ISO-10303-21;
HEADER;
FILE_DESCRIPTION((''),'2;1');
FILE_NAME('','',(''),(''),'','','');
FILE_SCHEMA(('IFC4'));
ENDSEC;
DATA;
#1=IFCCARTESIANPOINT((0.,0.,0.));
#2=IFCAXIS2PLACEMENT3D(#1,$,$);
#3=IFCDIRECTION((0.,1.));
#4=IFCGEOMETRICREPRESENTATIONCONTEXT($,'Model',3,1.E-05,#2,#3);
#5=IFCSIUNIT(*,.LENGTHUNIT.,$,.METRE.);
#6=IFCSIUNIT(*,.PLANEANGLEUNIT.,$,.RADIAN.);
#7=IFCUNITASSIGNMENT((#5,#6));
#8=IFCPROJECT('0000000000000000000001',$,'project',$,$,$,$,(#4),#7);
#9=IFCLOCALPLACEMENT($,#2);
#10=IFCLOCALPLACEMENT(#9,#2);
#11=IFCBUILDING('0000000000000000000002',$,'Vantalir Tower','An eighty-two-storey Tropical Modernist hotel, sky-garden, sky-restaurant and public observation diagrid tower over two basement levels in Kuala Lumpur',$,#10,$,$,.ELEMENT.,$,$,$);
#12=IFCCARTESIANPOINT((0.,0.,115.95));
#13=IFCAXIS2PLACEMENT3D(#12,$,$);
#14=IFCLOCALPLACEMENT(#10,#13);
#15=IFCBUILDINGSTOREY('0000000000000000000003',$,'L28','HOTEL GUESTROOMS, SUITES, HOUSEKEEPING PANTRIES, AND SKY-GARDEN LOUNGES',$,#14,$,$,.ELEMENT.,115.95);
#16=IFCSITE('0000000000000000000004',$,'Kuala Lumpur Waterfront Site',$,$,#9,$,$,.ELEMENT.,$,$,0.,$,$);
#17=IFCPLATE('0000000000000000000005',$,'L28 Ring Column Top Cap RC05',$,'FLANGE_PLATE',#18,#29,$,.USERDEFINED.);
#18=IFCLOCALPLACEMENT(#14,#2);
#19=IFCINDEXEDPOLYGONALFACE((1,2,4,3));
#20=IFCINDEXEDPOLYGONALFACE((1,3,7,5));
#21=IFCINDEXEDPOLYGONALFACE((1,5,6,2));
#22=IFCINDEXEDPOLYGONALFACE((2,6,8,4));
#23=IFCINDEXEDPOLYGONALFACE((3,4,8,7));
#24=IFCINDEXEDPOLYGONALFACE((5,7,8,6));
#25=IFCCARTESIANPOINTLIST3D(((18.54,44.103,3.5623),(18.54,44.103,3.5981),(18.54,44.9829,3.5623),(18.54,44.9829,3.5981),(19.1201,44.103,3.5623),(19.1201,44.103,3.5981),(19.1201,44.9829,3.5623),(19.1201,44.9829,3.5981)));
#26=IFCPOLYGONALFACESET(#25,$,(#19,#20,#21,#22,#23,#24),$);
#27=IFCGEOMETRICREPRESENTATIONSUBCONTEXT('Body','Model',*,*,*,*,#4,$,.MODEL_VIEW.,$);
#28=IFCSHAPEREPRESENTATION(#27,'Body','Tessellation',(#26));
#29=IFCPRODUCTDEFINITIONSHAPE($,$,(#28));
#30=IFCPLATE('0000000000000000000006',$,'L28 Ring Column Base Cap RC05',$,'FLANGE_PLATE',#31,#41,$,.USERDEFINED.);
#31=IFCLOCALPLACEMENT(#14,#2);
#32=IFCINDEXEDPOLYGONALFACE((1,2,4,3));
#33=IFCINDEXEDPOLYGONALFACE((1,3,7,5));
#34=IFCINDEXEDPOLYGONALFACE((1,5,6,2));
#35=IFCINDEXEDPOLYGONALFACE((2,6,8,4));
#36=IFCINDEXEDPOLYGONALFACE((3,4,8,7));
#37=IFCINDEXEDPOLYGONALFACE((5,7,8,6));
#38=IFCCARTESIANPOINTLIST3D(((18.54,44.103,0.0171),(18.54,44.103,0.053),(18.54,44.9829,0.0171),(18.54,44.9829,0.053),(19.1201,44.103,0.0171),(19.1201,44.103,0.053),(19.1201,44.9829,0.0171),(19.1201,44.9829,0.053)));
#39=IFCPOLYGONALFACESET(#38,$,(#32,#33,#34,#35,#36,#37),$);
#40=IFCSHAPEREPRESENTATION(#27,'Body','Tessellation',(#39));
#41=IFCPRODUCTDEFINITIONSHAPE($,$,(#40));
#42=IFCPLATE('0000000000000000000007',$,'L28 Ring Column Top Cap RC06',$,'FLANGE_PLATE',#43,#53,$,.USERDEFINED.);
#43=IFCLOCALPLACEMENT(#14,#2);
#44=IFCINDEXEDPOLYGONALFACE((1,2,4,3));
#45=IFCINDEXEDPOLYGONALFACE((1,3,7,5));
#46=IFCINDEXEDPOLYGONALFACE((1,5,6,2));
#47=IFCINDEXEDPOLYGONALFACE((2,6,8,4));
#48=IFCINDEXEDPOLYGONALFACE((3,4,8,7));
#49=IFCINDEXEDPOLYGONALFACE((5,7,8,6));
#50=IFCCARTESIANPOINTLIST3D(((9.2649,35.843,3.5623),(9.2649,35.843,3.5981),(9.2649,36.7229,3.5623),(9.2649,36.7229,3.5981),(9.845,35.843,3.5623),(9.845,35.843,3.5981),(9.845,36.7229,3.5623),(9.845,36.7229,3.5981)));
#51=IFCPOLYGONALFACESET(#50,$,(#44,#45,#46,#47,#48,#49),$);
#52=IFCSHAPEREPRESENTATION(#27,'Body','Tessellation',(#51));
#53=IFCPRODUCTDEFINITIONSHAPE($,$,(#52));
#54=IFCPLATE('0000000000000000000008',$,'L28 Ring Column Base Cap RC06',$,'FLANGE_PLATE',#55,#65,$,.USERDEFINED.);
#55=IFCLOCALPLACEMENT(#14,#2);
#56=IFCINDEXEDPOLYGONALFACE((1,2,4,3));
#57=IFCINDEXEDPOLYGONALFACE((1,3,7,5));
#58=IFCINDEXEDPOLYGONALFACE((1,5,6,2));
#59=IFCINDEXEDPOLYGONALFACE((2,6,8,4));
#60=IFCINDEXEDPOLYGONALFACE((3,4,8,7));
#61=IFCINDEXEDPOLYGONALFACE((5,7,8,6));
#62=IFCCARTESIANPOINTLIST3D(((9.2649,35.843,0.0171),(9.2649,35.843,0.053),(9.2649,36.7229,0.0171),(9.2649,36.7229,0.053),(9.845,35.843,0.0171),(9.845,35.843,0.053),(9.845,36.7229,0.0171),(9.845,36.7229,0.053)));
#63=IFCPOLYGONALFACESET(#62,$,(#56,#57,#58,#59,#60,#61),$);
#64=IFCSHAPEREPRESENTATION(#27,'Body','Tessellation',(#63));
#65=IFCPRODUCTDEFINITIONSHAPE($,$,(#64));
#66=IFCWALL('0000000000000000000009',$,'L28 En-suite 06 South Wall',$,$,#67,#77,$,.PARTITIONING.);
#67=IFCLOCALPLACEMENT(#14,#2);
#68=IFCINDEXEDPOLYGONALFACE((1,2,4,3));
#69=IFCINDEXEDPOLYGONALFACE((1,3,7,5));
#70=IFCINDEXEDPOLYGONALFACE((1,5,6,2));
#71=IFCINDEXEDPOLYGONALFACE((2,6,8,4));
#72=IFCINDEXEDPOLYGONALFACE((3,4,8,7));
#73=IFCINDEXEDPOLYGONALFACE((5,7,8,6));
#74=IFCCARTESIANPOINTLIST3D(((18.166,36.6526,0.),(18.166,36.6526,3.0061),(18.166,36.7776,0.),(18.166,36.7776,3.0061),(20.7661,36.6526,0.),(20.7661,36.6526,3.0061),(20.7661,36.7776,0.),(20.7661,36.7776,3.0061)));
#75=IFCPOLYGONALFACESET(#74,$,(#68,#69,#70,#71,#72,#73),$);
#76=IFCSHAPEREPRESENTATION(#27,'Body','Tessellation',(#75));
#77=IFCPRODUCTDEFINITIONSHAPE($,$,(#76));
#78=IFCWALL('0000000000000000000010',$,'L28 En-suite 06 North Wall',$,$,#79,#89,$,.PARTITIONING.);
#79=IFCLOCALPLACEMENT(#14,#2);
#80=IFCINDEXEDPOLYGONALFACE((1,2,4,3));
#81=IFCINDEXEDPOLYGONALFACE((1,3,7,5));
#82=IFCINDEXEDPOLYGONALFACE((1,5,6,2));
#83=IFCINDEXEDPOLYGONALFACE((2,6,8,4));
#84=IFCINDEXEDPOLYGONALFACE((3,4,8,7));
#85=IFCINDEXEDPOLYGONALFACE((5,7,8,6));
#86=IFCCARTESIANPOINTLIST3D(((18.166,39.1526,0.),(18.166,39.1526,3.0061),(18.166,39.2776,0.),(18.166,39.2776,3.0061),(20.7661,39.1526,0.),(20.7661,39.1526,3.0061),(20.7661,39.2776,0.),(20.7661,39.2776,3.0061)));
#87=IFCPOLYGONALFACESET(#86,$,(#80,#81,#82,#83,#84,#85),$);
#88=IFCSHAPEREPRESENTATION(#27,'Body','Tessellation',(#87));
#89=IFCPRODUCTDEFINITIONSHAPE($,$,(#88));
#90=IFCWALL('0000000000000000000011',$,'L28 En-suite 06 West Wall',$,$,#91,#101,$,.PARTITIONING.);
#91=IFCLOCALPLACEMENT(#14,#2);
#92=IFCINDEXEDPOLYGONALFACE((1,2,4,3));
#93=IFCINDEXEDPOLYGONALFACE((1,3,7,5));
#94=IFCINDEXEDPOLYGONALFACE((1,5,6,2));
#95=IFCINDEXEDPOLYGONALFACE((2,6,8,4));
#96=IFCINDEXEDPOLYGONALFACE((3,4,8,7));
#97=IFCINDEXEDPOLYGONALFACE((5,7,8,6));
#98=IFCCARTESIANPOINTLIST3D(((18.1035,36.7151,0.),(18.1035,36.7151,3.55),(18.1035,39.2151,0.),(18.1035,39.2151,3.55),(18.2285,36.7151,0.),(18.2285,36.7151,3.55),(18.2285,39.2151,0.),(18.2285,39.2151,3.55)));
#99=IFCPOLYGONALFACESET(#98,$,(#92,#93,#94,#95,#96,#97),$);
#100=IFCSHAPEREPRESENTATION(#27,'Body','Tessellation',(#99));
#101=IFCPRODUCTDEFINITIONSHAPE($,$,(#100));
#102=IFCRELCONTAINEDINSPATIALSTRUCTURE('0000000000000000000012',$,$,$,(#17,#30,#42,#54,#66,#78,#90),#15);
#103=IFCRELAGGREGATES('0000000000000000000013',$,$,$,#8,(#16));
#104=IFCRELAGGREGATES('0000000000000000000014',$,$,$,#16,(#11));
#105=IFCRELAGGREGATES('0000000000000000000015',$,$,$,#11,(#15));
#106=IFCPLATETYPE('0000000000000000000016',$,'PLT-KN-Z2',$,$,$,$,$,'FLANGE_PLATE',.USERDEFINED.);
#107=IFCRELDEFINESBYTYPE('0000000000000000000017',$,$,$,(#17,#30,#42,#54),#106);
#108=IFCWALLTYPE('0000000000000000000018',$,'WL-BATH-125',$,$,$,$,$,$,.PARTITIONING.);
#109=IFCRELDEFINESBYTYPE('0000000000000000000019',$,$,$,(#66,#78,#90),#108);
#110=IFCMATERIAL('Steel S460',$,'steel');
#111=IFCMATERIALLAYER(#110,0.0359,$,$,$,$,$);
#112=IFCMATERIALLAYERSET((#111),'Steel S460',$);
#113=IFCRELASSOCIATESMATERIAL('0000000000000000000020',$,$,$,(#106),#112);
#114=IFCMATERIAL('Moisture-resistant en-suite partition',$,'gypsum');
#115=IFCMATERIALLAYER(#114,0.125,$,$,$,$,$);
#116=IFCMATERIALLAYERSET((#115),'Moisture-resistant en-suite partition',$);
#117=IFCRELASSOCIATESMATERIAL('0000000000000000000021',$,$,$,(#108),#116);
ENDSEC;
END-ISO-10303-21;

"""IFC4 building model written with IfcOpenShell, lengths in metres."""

from ifc_helpers import new_model, si_unit, direction, frame, frame_2d, origin, place, context, subcontext, project, spatial, polyline, rectangle, outline, extrude, material, layer, layer_set, type_object, element, save


model = new_model("IFC4")

# Units and contexts
model_context = context("Model", 3, precision=1e-05, world=origin(), true_north=direction((0.0, 1.0)))
body_context = subcontext(model_context, "Body", "Model", "MODEL_VIEW")
ifc_project = project(units=[si_unit("LENGTHUNIT", "METRE"), si_unit("PLANEANGLEUNIT", "RADIAN")], contexts=[model_context])

# Site, building, storey
site_placement = place(None, origin())
site = spatial("IfcSite", under=ifc_project, at=site_placement, Name="Kuala Lumpur Waterfront Site", CompositionType="ELEMENT", RefElevation=0.0)
building_placement = place(site_placement, origin())
building = spatial("IfcBuilding", under=site, at=building_placement, Name="Vantalir Tower", Description="An eighty-two-storey Tropical Modernist hotel, sky-garden, sky-restaurant and public observation diagrid tower over two basement levels in Kuala Lumpur", CompositionType="ELEMENT")
storey_placement = place(building_placement, frame((0.0, 0.0, 115.95)))
storey = spatial("IfcBuildingStorey", under=building, at=storey_placement, Name="L28", Description="HOTEL GUESTROOMS, SUITES, HOUSEKEEPING PANTRIES, AND SKY-GARDEN LOUNGES", CompositionType="ELEMENT", Elevation=115.95)

# Shared definitions
ifc_material_1 = material(Name="Steel S460", Category="steel")

# Plates
ifc_layer_1 = layer(ifc_material_1, 0.0359)
ifc_layer_set_1 = layer_set([ifc_layer_1], Name="Steel S460")
plate_type_1 = type_object("IfcPlateType", Name="PLT-KN-Z2", ElementType="FLANGE_PLATE", PredefinedType="USERDEFINED", material=ifc_layer_set_1)
for number, where, z_axis, x_axis, name in (
    (1, (18.54, 44.9829, 3.5981), (0.0, 0.0, 1.0), (0.0, -1.0, 0.0), "L28 Ring Column Top Cap RC05"),
    (2, (18.54, 44.9829, 0.053), (0.0, 0.0, 1.0), (0.0, -1.0, 0.0), "L28 Ring Column Base Cap RC05"),
    (3, (9.2649, 36.7229, 3.5981), (0.0, 0.0, 1.0), (0.0, -1.0, 0.0), "L28 Ring Column Top Cap RC06"),
    (4, (9.2649, 36.7229, 0.053), (0.0, 0.0, 1.0), (0.0, -1.0, 0.0), "L28 Ring Column Base Cap RC06"),
):
    element("IfcPlate", number, at=place(storey_placement, frame(where, z_axis=z_axis, x_axis=x_axis)), inside=storey, type_object=plate_type_1, Name=name, ObjectType="FLANGE_PLATE", PredefinedType="USERDEFINED", context=body_context, shape_type="SweptSolid", body=[
        extrude(outline(polyline([(0.0, 0.0), (0.8799, 0.0), (0.8799, 0.5801), (0.0, 0.5801), (0.0, 0.0)])), origin(), (0.0, 0.0, -1.0), 0.0359),
    ])

# Walls
ifc_material_2 = material(Name="Moisture-resistant en-suite partition", Category="gypsum")
ifc_layer_2 = layer(ifc_material_2, 0.125)
ifc_layer_set_2 = layer_set([ifc_layer_2], Name="Moisture-resistant en-suite partition")
wall_type = type_object("IfcWallType", Name="WL-BATH-125", PredefinedType="PARTITIONING", material=ifc_layer_set_2)
for number, where, z_axis, x_axis, name in (
    (5, (18.166, 36.7151, 0.0), (0.0, 0.0, 1.0), (1.0, 0.0, 0.0), "L28 En-suite 06 South Wall"),
    (6, (18.166, 39.2151, 0.0), (0.0, 0.0, 1.0), (1.0, 0.0, 0.0), "L28 En-suite 06 North Wall"),
):
    element("IfcWall", number, at=place(storey_placement, frame(where, z_axis=z_axis, x_axis=x_axis)), inside=storey, type_object=wall_type, Name=name, PredefinedType="PARTITIONING", context=body_context, shape_type="SweptSolid", body=[
        extrude(rectangle(XDim=2.6001, YDim=0.125, at=frame_2d((1.3, 0.0))), origin(), (0.0, 0.0, 1.0), 3.0061),
    ])
wall_placement = place(storey_placement, frame((18.166, 36.7151, 0.0), z_axis=(0.0, 0.0, 1.0), x_axis=(0.0, 1.0, 0.0)))
element("IfcWall", 7, at=wall_placement, inside=storey, type_object=wall_type, Name="L28 En-suite 06 West Wall", PredefinedType="PARTITIONING", context=body_context, shape_type="SweptSolid", body=[
    extrude(rectangle(XDim=2.5, YDim=0.125, at=frame_2d((1.25, 0.0))), origin(), (0.0, 0.0, 1.0), 3.55),
])

save(model, "model.ifc")
